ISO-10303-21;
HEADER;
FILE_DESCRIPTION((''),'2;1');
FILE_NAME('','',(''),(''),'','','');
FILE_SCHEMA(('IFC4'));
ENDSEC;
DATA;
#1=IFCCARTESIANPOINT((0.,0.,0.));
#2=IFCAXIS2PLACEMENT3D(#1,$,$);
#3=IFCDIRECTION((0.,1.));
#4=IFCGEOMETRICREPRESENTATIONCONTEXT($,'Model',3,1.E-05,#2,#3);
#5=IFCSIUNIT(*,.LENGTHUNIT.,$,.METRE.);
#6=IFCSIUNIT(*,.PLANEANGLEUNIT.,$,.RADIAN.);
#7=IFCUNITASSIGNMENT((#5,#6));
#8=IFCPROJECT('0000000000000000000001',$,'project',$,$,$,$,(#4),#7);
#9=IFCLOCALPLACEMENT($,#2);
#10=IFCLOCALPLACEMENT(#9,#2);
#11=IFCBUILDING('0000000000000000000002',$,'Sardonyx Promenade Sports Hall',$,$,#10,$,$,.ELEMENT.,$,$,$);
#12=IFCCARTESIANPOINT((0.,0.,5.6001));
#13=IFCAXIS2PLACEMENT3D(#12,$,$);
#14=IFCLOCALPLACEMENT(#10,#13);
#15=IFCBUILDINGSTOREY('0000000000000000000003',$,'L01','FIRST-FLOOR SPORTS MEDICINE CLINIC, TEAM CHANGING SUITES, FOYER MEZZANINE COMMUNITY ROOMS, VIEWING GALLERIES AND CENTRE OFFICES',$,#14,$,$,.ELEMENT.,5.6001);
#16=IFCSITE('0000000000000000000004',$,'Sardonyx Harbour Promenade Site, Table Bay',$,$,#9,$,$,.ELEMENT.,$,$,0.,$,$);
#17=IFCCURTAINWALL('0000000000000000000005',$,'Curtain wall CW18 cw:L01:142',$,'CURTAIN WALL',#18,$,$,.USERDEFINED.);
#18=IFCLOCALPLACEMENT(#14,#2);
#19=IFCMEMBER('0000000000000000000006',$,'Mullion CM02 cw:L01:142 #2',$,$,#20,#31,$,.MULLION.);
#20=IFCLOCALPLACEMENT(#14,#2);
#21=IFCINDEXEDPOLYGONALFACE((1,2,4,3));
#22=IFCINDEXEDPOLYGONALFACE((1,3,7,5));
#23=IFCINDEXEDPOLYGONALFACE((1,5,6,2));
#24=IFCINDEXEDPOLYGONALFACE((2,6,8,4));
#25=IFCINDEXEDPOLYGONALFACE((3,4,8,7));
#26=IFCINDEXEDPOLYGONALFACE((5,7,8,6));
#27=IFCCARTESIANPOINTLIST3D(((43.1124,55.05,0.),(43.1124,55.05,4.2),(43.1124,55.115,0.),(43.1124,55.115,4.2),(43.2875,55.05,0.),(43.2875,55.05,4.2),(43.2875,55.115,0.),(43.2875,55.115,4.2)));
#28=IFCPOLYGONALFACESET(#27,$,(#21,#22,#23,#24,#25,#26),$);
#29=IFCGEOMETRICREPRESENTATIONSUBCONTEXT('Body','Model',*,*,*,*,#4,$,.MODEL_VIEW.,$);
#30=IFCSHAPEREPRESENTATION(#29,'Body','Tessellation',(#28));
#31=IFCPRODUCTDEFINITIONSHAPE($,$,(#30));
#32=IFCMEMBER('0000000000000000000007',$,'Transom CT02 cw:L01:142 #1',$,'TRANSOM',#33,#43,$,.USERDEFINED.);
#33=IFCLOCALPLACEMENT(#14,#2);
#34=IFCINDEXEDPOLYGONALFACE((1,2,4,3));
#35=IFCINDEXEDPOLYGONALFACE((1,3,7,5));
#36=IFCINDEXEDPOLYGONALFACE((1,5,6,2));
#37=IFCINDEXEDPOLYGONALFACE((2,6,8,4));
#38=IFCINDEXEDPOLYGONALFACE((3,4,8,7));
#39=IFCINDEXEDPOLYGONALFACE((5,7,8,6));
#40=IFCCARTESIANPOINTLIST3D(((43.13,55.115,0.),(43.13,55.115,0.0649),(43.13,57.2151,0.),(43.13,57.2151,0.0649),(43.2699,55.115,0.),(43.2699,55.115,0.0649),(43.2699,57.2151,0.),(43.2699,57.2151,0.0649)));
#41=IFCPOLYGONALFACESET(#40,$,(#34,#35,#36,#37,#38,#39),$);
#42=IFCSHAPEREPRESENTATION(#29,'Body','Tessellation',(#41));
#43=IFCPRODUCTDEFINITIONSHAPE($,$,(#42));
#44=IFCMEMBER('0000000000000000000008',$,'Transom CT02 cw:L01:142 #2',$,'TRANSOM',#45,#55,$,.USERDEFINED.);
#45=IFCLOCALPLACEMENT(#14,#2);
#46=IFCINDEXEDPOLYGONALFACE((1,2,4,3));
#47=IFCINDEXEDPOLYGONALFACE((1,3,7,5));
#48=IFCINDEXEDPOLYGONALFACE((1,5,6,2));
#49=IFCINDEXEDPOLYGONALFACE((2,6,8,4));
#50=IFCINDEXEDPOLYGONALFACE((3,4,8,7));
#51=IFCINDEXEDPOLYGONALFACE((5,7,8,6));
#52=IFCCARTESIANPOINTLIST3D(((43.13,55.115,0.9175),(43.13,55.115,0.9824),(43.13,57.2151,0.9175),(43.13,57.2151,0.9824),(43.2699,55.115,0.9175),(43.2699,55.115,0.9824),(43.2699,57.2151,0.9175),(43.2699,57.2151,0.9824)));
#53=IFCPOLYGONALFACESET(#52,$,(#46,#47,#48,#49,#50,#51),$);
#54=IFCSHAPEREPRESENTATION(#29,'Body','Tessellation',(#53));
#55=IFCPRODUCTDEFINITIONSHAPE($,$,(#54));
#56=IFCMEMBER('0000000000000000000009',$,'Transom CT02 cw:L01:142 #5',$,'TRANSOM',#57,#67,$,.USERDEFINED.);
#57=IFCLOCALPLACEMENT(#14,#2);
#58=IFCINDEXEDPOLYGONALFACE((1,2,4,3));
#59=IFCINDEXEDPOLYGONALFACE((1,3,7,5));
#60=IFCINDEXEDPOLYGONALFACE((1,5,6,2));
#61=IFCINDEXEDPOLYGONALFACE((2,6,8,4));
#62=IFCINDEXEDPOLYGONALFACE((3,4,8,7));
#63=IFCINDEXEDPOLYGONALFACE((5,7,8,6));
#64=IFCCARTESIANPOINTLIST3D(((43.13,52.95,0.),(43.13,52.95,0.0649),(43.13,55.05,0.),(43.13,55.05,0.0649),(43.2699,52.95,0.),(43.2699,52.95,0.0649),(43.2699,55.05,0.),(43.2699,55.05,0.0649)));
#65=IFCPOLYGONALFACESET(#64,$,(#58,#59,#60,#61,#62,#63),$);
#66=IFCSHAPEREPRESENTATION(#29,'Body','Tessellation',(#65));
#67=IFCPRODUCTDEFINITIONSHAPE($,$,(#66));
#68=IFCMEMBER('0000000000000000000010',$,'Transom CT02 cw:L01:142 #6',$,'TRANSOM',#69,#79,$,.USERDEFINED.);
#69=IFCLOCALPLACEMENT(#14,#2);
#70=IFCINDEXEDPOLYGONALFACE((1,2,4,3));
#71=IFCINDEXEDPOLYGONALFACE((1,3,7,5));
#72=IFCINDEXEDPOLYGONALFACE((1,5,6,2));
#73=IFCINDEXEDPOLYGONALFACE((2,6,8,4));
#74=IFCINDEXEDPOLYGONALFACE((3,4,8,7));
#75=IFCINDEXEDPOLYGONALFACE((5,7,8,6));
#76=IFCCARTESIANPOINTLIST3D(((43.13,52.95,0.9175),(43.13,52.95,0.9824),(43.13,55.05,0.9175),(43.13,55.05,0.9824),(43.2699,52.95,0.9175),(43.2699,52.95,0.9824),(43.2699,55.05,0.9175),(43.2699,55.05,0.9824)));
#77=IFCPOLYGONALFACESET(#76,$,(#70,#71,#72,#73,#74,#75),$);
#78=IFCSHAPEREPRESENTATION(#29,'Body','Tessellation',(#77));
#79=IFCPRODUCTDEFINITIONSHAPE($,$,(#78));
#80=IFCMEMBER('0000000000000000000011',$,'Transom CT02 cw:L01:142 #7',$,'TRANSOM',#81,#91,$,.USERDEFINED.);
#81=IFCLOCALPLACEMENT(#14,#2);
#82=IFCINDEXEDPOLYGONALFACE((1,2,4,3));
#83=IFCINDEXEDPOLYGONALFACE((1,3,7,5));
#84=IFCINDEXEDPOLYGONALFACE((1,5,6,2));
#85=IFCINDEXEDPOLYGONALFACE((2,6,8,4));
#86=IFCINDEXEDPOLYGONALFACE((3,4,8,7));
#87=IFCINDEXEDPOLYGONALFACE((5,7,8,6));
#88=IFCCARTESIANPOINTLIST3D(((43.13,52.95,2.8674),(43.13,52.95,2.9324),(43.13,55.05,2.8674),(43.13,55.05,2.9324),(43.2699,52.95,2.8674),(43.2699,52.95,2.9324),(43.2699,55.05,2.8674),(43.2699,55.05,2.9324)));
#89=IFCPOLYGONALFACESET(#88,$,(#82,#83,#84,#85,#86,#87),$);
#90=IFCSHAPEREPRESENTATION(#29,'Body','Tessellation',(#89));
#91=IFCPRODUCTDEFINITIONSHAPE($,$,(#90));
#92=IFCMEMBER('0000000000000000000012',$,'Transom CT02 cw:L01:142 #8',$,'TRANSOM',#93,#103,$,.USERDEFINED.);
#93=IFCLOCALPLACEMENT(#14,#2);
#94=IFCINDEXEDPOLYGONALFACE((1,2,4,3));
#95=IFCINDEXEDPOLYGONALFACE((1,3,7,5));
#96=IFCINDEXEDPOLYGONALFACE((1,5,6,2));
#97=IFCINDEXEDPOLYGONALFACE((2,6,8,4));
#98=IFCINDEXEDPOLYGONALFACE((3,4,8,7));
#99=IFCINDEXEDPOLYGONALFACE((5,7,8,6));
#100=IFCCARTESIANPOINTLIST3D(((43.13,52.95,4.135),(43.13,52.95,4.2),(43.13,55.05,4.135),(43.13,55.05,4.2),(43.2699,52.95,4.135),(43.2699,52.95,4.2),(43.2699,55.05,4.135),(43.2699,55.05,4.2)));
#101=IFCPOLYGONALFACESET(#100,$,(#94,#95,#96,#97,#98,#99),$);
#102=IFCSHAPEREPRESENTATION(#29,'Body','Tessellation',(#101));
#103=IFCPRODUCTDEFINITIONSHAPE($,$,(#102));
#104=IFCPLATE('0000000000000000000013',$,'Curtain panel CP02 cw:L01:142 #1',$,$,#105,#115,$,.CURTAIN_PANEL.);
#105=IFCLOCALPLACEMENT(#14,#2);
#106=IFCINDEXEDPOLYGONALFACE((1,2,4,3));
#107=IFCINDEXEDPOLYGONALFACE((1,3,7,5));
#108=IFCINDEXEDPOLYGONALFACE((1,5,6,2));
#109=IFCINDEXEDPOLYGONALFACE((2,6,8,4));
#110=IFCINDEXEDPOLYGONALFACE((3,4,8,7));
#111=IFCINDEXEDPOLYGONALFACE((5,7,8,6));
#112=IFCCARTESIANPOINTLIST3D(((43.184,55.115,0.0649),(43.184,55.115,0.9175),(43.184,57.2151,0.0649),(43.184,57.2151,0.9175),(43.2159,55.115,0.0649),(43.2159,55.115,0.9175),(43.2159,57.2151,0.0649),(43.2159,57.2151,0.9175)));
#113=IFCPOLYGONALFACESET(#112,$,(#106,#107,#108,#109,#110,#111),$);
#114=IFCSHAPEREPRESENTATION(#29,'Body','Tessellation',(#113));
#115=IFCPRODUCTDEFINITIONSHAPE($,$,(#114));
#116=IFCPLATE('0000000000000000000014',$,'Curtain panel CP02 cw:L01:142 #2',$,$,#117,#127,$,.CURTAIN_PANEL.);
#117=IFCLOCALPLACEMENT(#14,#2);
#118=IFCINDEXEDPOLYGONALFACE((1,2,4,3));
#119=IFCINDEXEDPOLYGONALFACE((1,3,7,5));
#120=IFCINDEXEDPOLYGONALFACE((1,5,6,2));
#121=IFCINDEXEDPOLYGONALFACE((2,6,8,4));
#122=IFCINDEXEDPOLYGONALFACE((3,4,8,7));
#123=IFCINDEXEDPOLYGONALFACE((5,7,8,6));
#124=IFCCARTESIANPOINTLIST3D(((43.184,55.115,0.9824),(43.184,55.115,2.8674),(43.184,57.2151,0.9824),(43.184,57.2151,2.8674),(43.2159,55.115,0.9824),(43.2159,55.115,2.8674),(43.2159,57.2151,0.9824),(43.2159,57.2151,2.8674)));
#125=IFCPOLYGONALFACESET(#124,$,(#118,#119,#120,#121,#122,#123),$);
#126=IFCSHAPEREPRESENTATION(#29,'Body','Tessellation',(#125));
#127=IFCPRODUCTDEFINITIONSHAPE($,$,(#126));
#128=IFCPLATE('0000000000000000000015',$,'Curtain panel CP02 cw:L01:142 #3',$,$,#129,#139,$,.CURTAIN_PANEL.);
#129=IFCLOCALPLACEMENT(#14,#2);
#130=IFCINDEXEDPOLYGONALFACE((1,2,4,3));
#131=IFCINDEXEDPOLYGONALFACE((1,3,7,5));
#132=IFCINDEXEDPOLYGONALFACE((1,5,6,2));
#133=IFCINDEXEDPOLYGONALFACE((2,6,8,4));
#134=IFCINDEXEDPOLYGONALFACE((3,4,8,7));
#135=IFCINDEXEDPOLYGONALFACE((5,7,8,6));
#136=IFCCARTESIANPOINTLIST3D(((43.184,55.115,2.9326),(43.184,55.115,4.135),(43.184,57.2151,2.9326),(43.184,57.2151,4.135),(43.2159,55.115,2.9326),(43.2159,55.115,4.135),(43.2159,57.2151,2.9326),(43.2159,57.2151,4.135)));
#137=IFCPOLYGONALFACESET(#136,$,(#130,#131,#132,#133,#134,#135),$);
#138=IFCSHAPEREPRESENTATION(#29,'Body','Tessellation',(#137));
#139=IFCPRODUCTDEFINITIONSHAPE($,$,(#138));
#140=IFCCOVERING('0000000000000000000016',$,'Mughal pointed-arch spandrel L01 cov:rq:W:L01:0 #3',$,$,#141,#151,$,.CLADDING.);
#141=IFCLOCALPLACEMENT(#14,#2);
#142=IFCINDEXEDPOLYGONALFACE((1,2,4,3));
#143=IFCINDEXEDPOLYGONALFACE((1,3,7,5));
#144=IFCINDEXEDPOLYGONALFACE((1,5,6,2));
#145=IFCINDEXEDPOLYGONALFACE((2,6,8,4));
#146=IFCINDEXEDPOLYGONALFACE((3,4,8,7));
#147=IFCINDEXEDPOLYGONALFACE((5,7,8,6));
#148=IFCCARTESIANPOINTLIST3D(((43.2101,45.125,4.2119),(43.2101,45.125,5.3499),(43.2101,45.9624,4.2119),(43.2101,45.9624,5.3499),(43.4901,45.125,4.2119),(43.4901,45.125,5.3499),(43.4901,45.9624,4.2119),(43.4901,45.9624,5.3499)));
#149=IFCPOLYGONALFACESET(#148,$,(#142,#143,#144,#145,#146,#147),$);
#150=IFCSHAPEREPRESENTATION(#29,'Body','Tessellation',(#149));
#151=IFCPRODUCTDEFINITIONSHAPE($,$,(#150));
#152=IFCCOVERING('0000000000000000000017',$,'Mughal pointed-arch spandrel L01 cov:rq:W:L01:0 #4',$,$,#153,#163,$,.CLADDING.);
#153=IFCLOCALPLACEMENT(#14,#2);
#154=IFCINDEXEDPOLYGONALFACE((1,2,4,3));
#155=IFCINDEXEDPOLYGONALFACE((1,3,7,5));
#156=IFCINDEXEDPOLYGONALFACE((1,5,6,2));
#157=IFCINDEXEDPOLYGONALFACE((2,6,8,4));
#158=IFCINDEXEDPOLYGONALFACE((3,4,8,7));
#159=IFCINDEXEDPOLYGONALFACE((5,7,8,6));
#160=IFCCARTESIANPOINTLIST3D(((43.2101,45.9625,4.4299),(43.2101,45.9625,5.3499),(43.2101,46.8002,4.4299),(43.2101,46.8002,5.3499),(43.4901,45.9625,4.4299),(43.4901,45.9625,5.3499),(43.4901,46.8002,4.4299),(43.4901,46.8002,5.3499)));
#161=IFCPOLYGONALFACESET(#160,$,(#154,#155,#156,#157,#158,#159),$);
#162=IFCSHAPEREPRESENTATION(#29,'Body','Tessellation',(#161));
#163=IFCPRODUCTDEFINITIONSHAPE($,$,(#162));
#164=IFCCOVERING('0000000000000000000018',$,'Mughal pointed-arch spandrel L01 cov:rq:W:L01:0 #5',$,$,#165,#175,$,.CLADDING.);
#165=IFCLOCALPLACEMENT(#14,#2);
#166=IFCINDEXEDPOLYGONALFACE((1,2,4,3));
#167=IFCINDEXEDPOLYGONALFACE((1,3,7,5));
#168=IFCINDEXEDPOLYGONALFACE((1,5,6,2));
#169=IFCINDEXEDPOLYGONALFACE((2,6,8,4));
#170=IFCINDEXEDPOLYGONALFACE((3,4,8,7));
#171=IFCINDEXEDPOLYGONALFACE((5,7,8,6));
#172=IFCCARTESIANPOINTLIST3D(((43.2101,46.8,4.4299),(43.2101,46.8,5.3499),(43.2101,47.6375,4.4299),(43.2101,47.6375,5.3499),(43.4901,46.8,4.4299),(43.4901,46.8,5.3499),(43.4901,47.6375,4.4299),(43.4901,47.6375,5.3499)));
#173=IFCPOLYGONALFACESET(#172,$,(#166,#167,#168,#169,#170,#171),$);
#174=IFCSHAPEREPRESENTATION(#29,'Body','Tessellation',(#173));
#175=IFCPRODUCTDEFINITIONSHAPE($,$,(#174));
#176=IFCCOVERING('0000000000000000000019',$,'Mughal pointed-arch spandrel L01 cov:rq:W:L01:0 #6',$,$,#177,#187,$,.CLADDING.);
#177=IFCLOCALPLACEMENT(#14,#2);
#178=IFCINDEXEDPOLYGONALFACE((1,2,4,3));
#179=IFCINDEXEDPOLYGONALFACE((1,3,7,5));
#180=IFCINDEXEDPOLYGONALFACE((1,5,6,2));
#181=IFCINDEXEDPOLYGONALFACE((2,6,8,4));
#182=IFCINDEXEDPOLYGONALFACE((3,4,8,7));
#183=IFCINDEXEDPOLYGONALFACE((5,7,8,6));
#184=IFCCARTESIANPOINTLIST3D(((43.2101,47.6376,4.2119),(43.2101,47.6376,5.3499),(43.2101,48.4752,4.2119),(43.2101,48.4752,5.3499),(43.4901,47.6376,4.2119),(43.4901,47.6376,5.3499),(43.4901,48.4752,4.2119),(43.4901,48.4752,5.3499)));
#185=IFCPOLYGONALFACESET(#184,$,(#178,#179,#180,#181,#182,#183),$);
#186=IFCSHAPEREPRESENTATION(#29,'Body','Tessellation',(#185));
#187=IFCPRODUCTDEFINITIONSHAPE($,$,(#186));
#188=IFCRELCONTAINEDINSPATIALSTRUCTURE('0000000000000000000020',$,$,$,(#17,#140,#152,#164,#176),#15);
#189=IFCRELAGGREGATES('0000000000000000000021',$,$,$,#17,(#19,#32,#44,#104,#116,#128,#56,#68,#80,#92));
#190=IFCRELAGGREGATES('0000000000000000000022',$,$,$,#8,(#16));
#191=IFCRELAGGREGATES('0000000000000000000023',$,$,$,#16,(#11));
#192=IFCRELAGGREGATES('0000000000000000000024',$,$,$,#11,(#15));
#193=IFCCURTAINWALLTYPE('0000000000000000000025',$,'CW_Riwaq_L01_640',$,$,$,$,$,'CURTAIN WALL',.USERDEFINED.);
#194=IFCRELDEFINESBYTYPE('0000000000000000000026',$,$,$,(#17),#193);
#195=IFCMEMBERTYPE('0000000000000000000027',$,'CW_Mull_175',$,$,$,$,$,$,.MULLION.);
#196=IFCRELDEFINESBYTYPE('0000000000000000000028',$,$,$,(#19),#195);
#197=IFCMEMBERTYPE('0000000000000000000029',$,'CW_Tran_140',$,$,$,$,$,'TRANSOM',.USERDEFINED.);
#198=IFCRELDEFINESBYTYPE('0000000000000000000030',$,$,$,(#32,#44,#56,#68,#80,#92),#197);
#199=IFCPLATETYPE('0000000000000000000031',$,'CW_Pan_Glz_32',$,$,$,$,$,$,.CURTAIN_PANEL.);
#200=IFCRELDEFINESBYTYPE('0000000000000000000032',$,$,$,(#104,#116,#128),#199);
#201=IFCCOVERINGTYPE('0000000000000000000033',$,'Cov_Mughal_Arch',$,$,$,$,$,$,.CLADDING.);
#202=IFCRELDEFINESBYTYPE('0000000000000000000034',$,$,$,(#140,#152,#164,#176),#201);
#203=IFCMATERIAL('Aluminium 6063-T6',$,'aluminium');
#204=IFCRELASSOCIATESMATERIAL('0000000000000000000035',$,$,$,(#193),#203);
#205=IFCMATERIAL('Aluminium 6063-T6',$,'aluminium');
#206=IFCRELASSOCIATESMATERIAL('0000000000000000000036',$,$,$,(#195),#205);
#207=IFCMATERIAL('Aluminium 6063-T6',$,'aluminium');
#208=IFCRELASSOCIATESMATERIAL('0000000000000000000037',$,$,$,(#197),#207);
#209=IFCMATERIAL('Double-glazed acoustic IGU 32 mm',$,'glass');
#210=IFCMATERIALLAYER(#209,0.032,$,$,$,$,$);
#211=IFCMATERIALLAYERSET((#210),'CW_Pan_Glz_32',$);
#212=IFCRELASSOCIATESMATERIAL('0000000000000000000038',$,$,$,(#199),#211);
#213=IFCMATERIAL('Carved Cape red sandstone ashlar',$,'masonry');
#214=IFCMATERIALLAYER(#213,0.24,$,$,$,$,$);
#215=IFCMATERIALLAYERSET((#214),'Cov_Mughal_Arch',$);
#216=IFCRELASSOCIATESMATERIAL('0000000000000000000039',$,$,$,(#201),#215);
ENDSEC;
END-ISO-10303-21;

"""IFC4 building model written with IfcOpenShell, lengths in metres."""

from ifc_helpers import new_model, si_unit, direction, frame, frame_2d, origin, origin_2d, place, context, subcontext, project, spatial, rectangle, extrude, material, layer, layer_set, material_profile, profile_set, type_object, element, aggregate, save


model = new_model("IFC4")

# Units and contexts
model_context = context("Model", 3, precision=1e-05, world=origin(), true_north=direction((0.0, 1.0)))
body_context = subcontext(model_context, "Body", "Model", "MODEL_VIEW")
ifc_project = project(units=[si_unit("LENGTHUNIT", "METRE"), si_unit("PLANEANGLEUNIT", "RADIAN")], contexts=[model_context])

# Site, building, storey
site_placement = place(None, origin())
site = spatial("IfcSite", under=ifc_project, at=site_placement, Name="Sardonyx Harbour Promenade Site, Table Bay", CompositionType="ELEMENT", RefElevation=0.0)
building_placement = place(site_placement, origin())
building = spatial("IfcBuilding", under=site, at=building_placement, Name="Sardonyx Promenade Sports Hall", CompositionType="ELEMENT")
storey_placement = place(building_placement, frame((0.0, 0.0, 5.6001)))
storey = spatial("IfcBuildingStorey", under=building, at=storey_placement, Name="L01", Description="FIRST-FLOOR SPORTS MEDICINE CLINIC, TEAM CHANGING SUITES, FOYER MEZZANINE COMMUNITY ROOMS, VIEWING GALLERIES AND CENTRE OFFICES", CompositionType="ELEMENT", Elevation=5.6001)

# Curtain wall, members, plates
ifc_material_1 = material(Name="Aluminium 6063-T6", Category="aluminium")
curtain_wall_type = type_object("IfcCurtainWallType", Name="CW_Riwaq_L01_640", ElementType="CURTAIN WALL", PredefinedType="USERDEFINED", material=ifc_material_1)
curtain_wall_placement = place(storey_placement, origin())
curtain_wall = element("IfcCurtainWall", 1, at=curtain_wall_placement, inside=storey, type_object=curtain_wall_type, Name="Curtain wall CW18 cw:L01:142", ObjectType="CURTAIN WALL", PredefinedType="USERDEFINED")
ifc_material_2 = material(Name="Aluminium 6063-T6", Category="aluminium")
ifc_material_profile_1 = material_profile(ifc_material_2, rectangle(XDim=0.0649, YDim=0.175, at=origin_2d()))
ifc_profile_set_1 = profile_set([ifc_material_profile_1], Name="Aluminium 6063-T6")
member_type_1 = type_object("IfcMemberType", Name="CW_Mull_175", PredefinedType="MULLION", material=ifc_profile_set_1)
member_1_placement = place(storey_placement, frame((43.2, 55.0825, 0.0), z_axis=(0.0, 0.0, 1.0), x_axis=(0.0, -1.0, 0.0)))
member_1 = element("IfcMember", 2, at=member_1_placement, type_object=member_type_1, Name="Mullion CM02 cw:L01:142 #2", PredefinedType="MULLION", context=body_context, shape_type="SweptSolid", body=[
    extrude(rectangle(XDim=0.0649, YDim=0.175, at=origin_2d()), origin(), (0.0, 0.0, 1.0), 4.2),
])
ifc_material_3 = material(Name="Aluminium 6063-T6", Category="aluminium")
ifc_material_profile_2 = material_profile(ifc_material_3, rectangle(XDim=0.0649, YDim=0.1399, at=origin_2d()))
ifc_profile_set_2 = profile_set([ifc_material_profile_2], Name="Aluminium 6063-T6")
member_type_2 = type_object("IfcMemberType", Name="CW_Tran_140", ElementType="TRANSOM", PredefinedType="USERDEFINED", material=ifc_profile_set_2)
member_2_placement = place(storey_placement, frame((43.2, 57.2151, 0.0325), z_axis=(0.0, -1.0, 0.0), x_axis=(0.0, 0.0, 1.0)))
member_2 = element("IfcMember", 3, at=member_2_placement, type_object=member_type_2, Name="Transom CT02 cw:L01:142 #1", ObjectType="TRANSOM", PredefinedType="USERDEFINED", context=body_context, shape_type="SweptSolid", body=[
    extrude(rectangle(XDim=0.0649, YDim=0.1399, at=origin_2d()), origin(), (0.0, 0.0, 1.0), 2.1001),
])
member_3_placement = place(storey_placement, frame((43.2, 57.2151, 0.95), z_axis=(0.0, -1.0, 0.0), x_axis=(0.0, 0.0, 1.0)))
member_3 = element("IfcMember", 4, at=member_3_placement, type_object=member_type_2, Name="Transom CT02 cw:L01:142 #2", ObjectType="TRANSOM", PredefinedType="USERDEFINED", context=body_context, shape_type="SweptSolid", body=[
    extrude(rectangle(XDim=0.0649, YDim=0.1399, at=origin_2d()), origin(), (0.0, 0.0, 1.0), 2.1001),
])
member_4_placement = place(storey_placement, frame((43.2, 55.05, 0.0325), z_axis=(0.0, -1.0, 0.0), x_axis=(0.0, 0.0, 1.0)))
member_4 = element("IfcMember", 5, at=member_4_placement, type_object=member_type_2, Name="Transom CT02 cw:L01:142 #5", ObjectType="TRANSOM", PredefinedType="USERDEFINED", context=body_context, shape_type="SweptSolid", body=[
    extrude(rectangle(XDim=0.0649, YDim=0.1399, at=origin_2d()), origin(), (0.0, 0.0, 1.0), 2.1001),
])
member_5_placement = place(storey_placement, frame((43.2, 55.05, 0.95), z_axis=(0.0, -1.0, 0.0), x_axis=(0.0, 0.0, 1.0)))
member_5 = element("IfcMember", 6, at=member_5_placement, type_object=member_type_2, Name="Transom CT02 cw:L01:142 #6", ObjectType="TRANSOM", PredefinedType="USERDEFINED", context=body_context, shape_type="SweptSolid", body=[
    extrude(rectangle(XDim=0.0649, YDim=0.1399, at=origin_2d()), origin(), (0.0, 0.0, 1.0), 2.1001),
])
member_6_placement = place(storey_placement, frame((43.2, 55.05, 2.8999), z_axis=(0.0, -1.0, 0.0), x_axis=(0.0, 0.0, 1.0)))
member_6 = element("IfcMember", 7, at=member_6_placement, type_object=member_type_2, Name="Transom CT02 cw:L01:142 #7", ObjectType="TRANSOM", PredefinedType="USERDEFINED", context=body_context, shape_type="SweptSolid", body=[
    extrude(rectangle(XDim=0.0649, YDim=0.1399, at=origin_2d()), origin(), (0.0, 0.0, 1.0), 2.1001),
])
member_7_placement = place(storey_placement, frame((43.2, 55.05, 4.1675), z_axis=(0.0, -1.0, 0.0), x_axis=(0.0, 0.0, 1.0)))
member_7 = element("IfcMember", 8, at=member_7_placement, type_object=member_type_2, Name="Transom CT02 cw:L01:142 #8", ObjectType="TRANSOM", PredefinedType="USERDEFINED", context=body_context, shape_type="SweptSolid", body=[
    extrude(rectangle(XDim=0.0649, YDim=0.1399, at=origin_2d()), origin(), (0.0, 0.0, 1.0), 2.1001),
])
ifc_material_4 = material(Name="Double-glazed acoustic IGU 32 mm", Category="glass")
ifc_layer_1 = layer(ifc_material_4, 0.032)
ifc_layer_set_1 = layer_set([ifc_layer_1], Name="CW_Pan_Glz_32")
plate_type = type_object("IfcPlateType", Name="CW_Pan_Glz_32", PredefinedType="CURTAIN_PANEL", material=ifc_layer_set_1)
plate_1_placement = place(storey_placement, frame((43.2, 56.165, 0.0649), z_axis=(0.0, 0.0, 1.0), x_axis=(0.0, -1.0, 0.0)))
plate_1 = element("IfcPlate", 9, at=plate_1_placement, type_object=plate_type, Name="Curtain panel CP02 cw:L01:142 #1", PredefinedType="CURTAIN_PANEL", context=body_context, shape_type="SweptSolid", body=[
    extrude(rectangle(XDim=2.1001, YDim=0.032, at=origin_2d()), origin(), (0.0, 0.0, 1.0), 0.8525),
])
plate_2_placement = place(storey_placement, frame((43.2, 56.165, 0.9824), z_axis=(0.0, 0.0, 1.0), x_axis=(0.0, -1.0, 0.0)))
plate_2 = element("IfcPlate", 10, at=plate_2_placement, type_object=plate_type, Name="Curtain panel CP02 cw:L01:142 #2", PredefinedType="CURTAIN_PANEL", context=body_context, shape_type="SweptSolid", body=[
    extrude(rectangle(XDim=2.1001, YDim=0.032, at=origin_2d()), origin(), (0.0, 0.0, 1.0), 1.885),
])
plate_3_placement = place(storey_placement, frame((43.2, 56.165, 2.9326), z_axis=(0.0, 0.0, 1.0), x_axis=(0.0, -1.0, 0.0)))
plate_3 = element("IfcPlate", 11, at=plate_3_placement, type_object=plate_type, Name="Curtain panel CP02 cw:L01:142 #3", PredefinedType="CURTAIN_PANEL", context=body_context, shape_type="SweptSolid", body=[
    extrude(rectangle(XDim=2.1001, YDim=0.032, at=origin_2d()), origin(), (0.0, 0.0, 1.0), 1.2024),
])
aggregate(curtain_wall, [member_1, member_2, member_3, plate_1, plate_2, plate_3, member_4, member_5, member_6, member_7])

# Coverings
ifc_material_5 = material(Name="Carved Cape red sandstone ashlar", Category="masonry")
ifc_layer_2 = layer(ifc_material_5, 0.24)
ifc_layer_set_2 = layer_set([ifc_layer_2], Name="Cov_Mughal_Arch")
covering_type = type_object("IfcCoveringType", Name="Cov_Mughal_Arch", PredefinedType="CLADDING", material=ifc_layer_set_2)
covering_1_placement = place(storey_placement, frame((43.3501, 45.125, 4.2119), z_axis=(0.0, 0.0, 1.0), x_axis=(0.0, 1.0, 0.0)))
element("IfcCovering", 12, at=covering_1_placement, inside=storey, type_object=covering_type, Name="Mughal pointed-arch spandrel L01 cov:rq:W:L01:0 #3", PredefinedType="CLADDING", context=body_context, shape_type="SweptSolid", body=[
    extrude(rectangle(XDim=0.8374, YDim=0.28, at=frame_2d((0.4187, 0.0))), origin(), (0.0, 0.0, 1.0), 1.1379),
])
covering_2_placement = place(storey_placement, frame((43.3501, 45.9624, 4.4299), z_axis=(0.0, 0.0, 1.0), x_axis=(0.0, 1.0, 0.0)))
element("IfcCovering", 13, at=covering_2_placement, inside=storey, type_object=covering_type, Name="Mughal pointed-arch spandrel L01 cov:rq:W:L01:0 #4", PredefinedType="CLADDING", context=body_context, shape_type="SweptSolid", body=[
    extrude(rectangle(XDim=0.8376, YDim=0.28, at=frame_2d((0.4189, 0.0))), origin(), (0.0, 0.0, 1.0), 0.9199),
])
covering_3_placement = place(storey_placement, frame((43.3501, 46.8, 4.4299), z_axis=(0.0, 0.0, 1.0), x_axis=(0.0, 1.0, 0.0)))
element("IfcCovering", 14, at=covering_3_placement, inside=storey, type_object=covering_type, Name="Mughal pointed-arch spandrel L01 cov:rq:W:L01:0 #5", PredefinedType="CLADDING", context=body_context, shape_type="SweptSolid", body=[
    extrude(rectangle(XDim=0.8374, YDim=0.28, at=frame_2d((0.4187, 0.0))), origin(), (0.0, 0.0, 1.0), 0.9199),
])
covering_4_placement = place(storey_placement, frame((43.3501, 47.6375, 4.2119), z_axis=(0.0, 0.0, 1.0), x_axis=(0.0, 1.0, 0.0)))
element("IfcCovering", 15, at=covering_4_placement, inside=storey, type_object=covering_type, Name="Mughal pointed-arch spandrel L01 cov:rq:W:L01:0 #6", PredefinedType="CLADDING", context=body_context, shape_type="SweptSolid", body=[
    extrude(rectangle(XDim=0.8376, YDim=0.28, at=frame_2d((0.4189, 0.0))), origin(), (0.0, 0.0, 1.0), 1.1379),
])

save(model, "model.ifc")
